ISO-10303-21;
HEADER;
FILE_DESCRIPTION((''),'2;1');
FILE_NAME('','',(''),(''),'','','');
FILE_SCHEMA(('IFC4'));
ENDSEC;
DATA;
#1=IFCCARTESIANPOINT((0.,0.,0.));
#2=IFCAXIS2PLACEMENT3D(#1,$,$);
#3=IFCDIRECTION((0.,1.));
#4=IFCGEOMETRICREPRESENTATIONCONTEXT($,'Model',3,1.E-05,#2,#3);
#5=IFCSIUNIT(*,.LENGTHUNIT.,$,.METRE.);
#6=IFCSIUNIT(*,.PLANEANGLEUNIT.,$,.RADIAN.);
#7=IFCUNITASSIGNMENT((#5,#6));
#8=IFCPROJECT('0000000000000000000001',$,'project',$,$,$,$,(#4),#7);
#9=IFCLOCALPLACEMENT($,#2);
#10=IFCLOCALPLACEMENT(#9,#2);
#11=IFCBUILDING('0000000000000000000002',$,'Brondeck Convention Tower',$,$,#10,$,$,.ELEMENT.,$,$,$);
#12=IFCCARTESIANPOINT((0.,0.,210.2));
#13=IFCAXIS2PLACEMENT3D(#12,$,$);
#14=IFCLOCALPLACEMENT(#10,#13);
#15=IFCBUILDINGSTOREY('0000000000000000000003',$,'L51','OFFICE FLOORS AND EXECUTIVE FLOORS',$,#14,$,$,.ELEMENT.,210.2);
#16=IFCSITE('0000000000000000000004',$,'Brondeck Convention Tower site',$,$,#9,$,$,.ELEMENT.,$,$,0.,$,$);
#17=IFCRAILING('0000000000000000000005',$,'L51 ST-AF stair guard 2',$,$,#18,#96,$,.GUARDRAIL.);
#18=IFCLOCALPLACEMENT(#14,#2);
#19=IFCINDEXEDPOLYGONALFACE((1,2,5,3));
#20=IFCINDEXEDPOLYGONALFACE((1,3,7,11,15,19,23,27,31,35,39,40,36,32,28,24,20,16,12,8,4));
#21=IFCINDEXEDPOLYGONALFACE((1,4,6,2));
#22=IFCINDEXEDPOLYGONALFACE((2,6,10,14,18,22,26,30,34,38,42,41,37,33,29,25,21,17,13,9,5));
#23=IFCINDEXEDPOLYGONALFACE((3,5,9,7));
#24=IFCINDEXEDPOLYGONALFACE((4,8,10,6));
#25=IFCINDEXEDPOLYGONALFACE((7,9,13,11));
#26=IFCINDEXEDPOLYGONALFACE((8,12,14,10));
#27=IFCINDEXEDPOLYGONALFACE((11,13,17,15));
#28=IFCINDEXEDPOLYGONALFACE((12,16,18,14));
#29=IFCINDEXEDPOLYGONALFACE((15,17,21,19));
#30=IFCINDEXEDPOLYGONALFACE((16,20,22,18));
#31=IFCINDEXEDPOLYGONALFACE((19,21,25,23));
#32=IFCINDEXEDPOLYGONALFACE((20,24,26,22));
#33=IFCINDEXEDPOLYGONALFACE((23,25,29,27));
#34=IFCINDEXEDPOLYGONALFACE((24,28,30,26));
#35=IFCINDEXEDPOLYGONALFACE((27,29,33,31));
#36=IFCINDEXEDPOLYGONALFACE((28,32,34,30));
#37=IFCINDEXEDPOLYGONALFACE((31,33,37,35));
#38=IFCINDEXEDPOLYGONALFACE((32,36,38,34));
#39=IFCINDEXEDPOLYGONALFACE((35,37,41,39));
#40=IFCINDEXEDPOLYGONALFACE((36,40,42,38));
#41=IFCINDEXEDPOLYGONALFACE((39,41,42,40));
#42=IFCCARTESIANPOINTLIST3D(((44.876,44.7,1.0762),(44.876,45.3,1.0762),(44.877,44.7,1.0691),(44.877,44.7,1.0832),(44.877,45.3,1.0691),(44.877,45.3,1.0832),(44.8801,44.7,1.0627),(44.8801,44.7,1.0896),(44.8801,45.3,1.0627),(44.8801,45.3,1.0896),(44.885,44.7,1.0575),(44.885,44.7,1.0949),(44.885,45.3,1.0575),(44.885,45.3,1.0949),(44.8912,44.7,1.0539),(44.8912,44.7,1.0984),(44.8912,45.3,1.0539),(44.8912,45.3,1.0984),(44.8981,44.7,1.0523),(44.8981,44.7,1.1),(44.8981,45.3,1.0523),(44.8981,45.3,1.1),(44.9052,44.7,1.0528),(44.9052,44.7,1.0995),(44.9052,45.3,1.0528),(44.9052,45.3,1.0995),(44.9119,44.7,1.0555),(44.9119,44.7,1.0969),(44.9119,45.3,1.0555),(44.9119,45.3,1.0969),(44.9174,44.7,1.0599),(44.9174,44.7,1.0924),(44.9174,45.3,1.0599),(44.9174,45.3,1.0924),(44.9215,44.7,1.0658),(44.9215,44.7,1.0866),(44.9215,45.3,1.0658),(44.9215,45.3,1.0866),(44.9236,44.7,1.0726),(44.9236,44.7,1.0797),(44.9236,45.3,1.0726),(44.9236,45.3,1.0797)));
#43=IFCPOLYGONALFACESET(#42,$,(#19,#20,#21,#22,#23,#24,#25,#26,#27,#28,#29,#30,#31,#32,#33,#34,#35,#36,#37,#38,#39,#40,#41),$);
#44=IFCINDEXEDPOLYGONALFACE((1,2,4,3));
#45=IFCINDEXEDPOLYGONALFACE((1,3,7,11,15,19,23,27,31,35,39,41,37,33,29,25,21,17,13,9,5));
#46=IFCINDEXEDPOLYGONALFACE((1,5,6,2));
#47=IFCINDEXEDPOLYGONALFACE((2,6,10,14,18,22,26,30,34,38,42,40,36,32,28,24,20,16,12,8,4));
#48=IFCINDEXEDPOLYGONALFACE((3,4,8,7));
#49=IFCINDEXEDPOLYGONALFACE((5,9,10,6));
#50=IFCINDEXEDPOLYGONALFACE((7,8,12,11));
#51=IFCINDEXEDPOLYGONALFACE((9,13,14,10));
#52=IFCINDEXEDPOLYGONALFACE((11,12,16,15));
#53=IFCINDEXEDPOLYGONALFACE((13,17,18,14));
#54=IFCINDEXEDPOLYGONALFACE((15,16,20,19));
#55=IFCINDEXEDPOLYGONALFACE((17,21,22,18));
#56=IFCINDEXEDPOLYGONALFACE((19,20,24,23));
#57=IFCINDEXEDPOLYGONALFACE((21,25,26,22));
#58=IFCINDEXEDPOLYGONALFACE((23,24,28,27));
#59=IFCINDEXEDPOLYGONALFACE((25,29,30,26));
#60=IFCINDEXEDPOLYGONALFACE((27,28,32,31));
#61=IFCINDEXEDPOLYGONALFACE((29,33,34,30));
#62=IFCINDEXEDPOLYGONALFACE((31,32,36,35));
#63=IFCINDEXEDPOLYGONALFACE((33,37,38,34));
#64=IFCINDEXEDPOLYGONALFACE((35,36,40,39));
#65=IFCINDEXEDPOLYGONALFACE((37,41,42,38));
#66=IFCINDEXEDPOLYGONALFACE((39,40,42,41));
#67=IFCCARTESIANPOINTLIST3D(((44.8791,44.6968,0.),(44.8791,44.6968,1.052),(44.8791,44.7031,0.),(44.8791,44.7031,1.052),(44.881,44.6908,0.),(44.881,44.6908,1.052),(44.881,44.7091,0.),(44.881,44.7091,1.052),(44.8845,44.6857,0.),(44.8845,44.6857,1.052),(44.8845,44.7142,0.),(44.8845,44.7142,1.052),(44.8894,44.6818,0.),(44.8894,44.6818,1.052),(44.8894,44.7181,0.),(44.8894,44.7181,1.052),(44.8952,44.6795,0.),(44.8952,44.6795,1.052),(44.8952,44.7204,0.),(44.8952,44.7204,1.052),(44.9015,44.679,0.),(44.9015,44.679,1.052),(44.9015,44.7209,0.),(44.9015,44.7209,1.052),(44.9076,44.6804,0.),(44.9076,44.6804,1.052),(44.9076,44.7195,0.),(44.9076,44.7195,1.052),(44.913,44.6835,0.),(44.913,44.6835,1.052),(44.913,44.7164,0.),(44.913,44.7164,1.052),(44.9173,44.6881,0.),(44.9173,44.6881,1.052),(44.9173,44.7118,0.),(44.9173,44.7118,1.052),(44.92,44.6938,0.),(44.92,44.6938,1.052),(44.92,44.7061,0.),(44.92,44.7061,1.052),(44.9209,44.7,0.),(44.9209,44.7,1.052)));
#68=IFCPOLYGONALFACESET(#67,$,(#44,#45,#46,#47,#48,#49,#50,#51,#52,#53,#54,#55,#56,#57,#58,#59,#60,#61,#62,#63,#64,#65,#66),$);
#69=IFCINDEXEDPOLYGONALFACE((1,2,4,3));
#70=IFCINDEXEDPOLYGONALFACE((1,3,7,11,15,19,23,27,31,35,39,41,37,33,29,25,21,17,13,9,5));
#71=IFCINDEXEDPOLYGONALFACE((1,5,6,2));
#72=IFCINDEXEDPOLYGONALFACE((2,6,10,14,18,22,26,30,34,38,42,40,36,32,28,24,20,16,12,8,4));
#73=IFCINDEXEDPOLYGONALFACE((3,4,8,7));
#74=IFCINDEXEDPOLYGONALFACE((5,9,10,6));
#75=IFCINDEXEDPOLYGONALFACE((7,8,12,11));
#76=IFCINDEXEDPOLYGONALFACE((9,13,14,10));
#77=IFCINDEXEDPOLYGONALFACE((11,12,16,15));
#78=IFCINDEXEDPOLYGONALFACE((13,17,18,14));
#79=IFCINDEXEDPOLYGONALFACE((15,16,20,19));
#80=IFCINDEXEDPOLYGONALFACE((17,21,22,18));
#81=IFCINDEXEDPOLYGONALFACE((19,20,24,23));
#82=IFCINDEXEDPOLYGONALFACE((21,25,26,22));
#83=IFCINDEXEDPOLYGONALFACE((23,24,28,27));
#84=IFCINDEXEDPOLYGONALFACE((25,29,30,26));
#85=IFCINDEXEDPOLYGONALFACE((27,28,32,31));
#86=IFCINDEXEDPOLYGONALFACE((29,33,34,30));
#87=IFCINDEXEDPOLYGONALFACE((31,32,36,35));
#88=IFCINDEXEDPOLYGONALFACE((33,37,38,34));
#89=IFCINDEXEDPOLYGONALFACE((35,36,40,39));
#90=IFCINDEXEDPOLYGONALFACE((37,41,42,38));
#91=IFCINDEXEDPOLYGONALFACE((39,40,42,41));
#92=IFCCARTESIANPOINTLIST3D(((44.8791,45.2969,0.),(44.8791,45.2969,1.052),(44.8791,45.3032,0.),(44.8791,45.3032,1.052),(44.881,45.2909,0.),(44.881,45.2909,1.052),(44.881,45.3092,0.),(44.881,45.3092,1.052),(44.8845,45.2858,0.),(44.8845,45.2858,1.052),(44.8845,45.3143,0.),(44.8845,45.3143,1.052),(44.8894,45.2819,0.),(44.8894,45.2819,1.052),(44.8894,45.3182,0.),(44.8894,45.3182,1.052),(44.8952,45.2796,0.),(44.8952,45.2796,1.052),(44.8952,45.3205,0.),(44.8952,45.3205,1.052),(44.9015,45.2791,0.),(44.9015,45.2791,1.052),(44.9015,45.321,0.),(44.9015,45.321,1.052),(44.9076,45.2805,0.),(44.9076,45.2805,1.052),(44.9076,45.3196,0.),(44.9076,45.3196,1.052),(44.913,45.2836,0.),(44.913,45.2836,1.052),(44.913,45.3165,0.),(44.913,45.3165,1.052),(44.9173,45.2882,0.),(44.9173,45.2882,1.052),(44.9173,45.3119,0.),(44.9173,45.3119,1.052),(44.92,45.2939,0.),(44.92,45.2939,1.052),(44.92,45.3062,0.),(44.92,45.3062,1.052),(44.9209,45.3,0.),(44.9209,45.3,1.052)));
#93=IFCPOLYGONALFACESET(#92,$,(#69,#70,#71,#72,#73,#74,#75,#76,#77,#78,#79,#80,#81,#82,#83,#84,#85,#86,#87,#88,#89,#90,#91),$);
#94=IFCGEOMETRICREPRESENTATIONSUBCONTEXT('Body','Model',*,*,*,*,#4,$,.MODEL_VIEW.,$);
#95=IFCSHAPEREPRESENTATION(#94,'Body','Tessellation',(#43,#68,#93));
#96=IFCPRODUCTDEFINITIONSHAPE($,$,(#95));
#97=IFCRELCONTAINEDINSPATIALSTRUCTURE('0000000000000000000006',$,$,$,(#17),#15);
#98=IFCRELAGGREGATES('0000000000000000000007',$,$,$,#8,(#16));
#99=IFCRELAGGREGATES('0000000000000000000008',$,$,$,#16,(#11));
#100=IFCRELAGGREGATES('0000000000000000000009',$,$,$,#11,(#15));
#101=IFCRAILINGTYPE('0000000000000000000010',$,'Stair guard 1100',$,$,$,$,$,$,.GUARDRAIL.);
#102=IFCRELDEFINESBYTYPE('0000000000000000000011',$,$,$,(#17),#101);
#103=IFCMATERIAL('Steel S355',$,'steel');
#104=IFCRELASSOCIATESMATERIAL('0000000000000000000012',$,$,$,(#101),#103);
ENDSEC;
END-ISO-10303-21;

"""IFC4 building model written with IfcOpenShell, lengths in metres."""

from ifc_helpers import new_model, si_unit, direction, frame, origin, origin_2d, place, context, subcontext, project, spatial, circle, extrude, material, type_object, element, save


model = new_model("IFC4")

# Units and contexts
model_context = context("Model", 3, precision=1e-05, world=origin(), true_north=direction((0.0, 1.0)))
body_context = subcontext(model_context, "Body", "Model", "MODEL_VIEW")
ifc_project = project(units=[si_unit("LENGTHUNIT", "METRE"), si_unit("PLANEANGLEUNIT", "RADIAN")], contexts=[model_context])

# Site, building, storey
site_placement = place(None, origin())
site = spatial("IfcSite", under=ifc_project, at=site_placement, Name="Brondeck Convention Tower site", CompositionType="ELEMENT", RefElevation=0.0)
building_placement = place(site_placement, origin())
building = spatial("IfcBuilding", under=site, at=building_placement, Name="Brondeck Convention Tower", CompositionType="ELEMENT")
storey_placement = place(building_placement, frame((0.0, 0.0, 210.2)))
storey = spatial("IfcBuildingStorey", under=building, at=storey_placement, Name="L51", Description="OFFICE FLOORS AND EXECUTIVE FLOORS", CompositionType="ELEMENT", Elevation=210.2)

# Shared definitions
ifc_material_1 = material(Name="Steel S355", Category="steel")

# Railing
railing_type_1 = type_object("IfcRailingType", Name="Stair guard 1100", PredefinedType="GUARDRAIL", material=ifc_material_1)
railing_1_placement = place(storey_placement, frame((44.8999, 44.7, 0.0)))
element("IfcRailing", 1, at=railing_1_placement, inside=storey, type_object=railing_type_1, Name="L51 ST-AF stair guard 2", PredefinedType="GUARDRAIL", context=body_context, shape_type="SweptSolid", body=[
    extrude(circle(Radius=0.0239, at=origin_2d()), frame((0.0, 0.0, 1.0762), z_axis=(0.0, 1.0, 0.0), x_axis=(-1.0, 0.0, 0.0)), (0.0, 0.0, 1.0), 0.6001),
    extrude(circle(Radius=0.021, at=origin_2d()), origin(), (0.0, 0.0, 1.0), 1.052),
    extrude(circle(Radius=0.021, at=origin_2d()), frame((0.0, 0.6001, 0.0)), (0.0, 0.0, 1.0), 1.052),
])

save(model, "model.ifc")
